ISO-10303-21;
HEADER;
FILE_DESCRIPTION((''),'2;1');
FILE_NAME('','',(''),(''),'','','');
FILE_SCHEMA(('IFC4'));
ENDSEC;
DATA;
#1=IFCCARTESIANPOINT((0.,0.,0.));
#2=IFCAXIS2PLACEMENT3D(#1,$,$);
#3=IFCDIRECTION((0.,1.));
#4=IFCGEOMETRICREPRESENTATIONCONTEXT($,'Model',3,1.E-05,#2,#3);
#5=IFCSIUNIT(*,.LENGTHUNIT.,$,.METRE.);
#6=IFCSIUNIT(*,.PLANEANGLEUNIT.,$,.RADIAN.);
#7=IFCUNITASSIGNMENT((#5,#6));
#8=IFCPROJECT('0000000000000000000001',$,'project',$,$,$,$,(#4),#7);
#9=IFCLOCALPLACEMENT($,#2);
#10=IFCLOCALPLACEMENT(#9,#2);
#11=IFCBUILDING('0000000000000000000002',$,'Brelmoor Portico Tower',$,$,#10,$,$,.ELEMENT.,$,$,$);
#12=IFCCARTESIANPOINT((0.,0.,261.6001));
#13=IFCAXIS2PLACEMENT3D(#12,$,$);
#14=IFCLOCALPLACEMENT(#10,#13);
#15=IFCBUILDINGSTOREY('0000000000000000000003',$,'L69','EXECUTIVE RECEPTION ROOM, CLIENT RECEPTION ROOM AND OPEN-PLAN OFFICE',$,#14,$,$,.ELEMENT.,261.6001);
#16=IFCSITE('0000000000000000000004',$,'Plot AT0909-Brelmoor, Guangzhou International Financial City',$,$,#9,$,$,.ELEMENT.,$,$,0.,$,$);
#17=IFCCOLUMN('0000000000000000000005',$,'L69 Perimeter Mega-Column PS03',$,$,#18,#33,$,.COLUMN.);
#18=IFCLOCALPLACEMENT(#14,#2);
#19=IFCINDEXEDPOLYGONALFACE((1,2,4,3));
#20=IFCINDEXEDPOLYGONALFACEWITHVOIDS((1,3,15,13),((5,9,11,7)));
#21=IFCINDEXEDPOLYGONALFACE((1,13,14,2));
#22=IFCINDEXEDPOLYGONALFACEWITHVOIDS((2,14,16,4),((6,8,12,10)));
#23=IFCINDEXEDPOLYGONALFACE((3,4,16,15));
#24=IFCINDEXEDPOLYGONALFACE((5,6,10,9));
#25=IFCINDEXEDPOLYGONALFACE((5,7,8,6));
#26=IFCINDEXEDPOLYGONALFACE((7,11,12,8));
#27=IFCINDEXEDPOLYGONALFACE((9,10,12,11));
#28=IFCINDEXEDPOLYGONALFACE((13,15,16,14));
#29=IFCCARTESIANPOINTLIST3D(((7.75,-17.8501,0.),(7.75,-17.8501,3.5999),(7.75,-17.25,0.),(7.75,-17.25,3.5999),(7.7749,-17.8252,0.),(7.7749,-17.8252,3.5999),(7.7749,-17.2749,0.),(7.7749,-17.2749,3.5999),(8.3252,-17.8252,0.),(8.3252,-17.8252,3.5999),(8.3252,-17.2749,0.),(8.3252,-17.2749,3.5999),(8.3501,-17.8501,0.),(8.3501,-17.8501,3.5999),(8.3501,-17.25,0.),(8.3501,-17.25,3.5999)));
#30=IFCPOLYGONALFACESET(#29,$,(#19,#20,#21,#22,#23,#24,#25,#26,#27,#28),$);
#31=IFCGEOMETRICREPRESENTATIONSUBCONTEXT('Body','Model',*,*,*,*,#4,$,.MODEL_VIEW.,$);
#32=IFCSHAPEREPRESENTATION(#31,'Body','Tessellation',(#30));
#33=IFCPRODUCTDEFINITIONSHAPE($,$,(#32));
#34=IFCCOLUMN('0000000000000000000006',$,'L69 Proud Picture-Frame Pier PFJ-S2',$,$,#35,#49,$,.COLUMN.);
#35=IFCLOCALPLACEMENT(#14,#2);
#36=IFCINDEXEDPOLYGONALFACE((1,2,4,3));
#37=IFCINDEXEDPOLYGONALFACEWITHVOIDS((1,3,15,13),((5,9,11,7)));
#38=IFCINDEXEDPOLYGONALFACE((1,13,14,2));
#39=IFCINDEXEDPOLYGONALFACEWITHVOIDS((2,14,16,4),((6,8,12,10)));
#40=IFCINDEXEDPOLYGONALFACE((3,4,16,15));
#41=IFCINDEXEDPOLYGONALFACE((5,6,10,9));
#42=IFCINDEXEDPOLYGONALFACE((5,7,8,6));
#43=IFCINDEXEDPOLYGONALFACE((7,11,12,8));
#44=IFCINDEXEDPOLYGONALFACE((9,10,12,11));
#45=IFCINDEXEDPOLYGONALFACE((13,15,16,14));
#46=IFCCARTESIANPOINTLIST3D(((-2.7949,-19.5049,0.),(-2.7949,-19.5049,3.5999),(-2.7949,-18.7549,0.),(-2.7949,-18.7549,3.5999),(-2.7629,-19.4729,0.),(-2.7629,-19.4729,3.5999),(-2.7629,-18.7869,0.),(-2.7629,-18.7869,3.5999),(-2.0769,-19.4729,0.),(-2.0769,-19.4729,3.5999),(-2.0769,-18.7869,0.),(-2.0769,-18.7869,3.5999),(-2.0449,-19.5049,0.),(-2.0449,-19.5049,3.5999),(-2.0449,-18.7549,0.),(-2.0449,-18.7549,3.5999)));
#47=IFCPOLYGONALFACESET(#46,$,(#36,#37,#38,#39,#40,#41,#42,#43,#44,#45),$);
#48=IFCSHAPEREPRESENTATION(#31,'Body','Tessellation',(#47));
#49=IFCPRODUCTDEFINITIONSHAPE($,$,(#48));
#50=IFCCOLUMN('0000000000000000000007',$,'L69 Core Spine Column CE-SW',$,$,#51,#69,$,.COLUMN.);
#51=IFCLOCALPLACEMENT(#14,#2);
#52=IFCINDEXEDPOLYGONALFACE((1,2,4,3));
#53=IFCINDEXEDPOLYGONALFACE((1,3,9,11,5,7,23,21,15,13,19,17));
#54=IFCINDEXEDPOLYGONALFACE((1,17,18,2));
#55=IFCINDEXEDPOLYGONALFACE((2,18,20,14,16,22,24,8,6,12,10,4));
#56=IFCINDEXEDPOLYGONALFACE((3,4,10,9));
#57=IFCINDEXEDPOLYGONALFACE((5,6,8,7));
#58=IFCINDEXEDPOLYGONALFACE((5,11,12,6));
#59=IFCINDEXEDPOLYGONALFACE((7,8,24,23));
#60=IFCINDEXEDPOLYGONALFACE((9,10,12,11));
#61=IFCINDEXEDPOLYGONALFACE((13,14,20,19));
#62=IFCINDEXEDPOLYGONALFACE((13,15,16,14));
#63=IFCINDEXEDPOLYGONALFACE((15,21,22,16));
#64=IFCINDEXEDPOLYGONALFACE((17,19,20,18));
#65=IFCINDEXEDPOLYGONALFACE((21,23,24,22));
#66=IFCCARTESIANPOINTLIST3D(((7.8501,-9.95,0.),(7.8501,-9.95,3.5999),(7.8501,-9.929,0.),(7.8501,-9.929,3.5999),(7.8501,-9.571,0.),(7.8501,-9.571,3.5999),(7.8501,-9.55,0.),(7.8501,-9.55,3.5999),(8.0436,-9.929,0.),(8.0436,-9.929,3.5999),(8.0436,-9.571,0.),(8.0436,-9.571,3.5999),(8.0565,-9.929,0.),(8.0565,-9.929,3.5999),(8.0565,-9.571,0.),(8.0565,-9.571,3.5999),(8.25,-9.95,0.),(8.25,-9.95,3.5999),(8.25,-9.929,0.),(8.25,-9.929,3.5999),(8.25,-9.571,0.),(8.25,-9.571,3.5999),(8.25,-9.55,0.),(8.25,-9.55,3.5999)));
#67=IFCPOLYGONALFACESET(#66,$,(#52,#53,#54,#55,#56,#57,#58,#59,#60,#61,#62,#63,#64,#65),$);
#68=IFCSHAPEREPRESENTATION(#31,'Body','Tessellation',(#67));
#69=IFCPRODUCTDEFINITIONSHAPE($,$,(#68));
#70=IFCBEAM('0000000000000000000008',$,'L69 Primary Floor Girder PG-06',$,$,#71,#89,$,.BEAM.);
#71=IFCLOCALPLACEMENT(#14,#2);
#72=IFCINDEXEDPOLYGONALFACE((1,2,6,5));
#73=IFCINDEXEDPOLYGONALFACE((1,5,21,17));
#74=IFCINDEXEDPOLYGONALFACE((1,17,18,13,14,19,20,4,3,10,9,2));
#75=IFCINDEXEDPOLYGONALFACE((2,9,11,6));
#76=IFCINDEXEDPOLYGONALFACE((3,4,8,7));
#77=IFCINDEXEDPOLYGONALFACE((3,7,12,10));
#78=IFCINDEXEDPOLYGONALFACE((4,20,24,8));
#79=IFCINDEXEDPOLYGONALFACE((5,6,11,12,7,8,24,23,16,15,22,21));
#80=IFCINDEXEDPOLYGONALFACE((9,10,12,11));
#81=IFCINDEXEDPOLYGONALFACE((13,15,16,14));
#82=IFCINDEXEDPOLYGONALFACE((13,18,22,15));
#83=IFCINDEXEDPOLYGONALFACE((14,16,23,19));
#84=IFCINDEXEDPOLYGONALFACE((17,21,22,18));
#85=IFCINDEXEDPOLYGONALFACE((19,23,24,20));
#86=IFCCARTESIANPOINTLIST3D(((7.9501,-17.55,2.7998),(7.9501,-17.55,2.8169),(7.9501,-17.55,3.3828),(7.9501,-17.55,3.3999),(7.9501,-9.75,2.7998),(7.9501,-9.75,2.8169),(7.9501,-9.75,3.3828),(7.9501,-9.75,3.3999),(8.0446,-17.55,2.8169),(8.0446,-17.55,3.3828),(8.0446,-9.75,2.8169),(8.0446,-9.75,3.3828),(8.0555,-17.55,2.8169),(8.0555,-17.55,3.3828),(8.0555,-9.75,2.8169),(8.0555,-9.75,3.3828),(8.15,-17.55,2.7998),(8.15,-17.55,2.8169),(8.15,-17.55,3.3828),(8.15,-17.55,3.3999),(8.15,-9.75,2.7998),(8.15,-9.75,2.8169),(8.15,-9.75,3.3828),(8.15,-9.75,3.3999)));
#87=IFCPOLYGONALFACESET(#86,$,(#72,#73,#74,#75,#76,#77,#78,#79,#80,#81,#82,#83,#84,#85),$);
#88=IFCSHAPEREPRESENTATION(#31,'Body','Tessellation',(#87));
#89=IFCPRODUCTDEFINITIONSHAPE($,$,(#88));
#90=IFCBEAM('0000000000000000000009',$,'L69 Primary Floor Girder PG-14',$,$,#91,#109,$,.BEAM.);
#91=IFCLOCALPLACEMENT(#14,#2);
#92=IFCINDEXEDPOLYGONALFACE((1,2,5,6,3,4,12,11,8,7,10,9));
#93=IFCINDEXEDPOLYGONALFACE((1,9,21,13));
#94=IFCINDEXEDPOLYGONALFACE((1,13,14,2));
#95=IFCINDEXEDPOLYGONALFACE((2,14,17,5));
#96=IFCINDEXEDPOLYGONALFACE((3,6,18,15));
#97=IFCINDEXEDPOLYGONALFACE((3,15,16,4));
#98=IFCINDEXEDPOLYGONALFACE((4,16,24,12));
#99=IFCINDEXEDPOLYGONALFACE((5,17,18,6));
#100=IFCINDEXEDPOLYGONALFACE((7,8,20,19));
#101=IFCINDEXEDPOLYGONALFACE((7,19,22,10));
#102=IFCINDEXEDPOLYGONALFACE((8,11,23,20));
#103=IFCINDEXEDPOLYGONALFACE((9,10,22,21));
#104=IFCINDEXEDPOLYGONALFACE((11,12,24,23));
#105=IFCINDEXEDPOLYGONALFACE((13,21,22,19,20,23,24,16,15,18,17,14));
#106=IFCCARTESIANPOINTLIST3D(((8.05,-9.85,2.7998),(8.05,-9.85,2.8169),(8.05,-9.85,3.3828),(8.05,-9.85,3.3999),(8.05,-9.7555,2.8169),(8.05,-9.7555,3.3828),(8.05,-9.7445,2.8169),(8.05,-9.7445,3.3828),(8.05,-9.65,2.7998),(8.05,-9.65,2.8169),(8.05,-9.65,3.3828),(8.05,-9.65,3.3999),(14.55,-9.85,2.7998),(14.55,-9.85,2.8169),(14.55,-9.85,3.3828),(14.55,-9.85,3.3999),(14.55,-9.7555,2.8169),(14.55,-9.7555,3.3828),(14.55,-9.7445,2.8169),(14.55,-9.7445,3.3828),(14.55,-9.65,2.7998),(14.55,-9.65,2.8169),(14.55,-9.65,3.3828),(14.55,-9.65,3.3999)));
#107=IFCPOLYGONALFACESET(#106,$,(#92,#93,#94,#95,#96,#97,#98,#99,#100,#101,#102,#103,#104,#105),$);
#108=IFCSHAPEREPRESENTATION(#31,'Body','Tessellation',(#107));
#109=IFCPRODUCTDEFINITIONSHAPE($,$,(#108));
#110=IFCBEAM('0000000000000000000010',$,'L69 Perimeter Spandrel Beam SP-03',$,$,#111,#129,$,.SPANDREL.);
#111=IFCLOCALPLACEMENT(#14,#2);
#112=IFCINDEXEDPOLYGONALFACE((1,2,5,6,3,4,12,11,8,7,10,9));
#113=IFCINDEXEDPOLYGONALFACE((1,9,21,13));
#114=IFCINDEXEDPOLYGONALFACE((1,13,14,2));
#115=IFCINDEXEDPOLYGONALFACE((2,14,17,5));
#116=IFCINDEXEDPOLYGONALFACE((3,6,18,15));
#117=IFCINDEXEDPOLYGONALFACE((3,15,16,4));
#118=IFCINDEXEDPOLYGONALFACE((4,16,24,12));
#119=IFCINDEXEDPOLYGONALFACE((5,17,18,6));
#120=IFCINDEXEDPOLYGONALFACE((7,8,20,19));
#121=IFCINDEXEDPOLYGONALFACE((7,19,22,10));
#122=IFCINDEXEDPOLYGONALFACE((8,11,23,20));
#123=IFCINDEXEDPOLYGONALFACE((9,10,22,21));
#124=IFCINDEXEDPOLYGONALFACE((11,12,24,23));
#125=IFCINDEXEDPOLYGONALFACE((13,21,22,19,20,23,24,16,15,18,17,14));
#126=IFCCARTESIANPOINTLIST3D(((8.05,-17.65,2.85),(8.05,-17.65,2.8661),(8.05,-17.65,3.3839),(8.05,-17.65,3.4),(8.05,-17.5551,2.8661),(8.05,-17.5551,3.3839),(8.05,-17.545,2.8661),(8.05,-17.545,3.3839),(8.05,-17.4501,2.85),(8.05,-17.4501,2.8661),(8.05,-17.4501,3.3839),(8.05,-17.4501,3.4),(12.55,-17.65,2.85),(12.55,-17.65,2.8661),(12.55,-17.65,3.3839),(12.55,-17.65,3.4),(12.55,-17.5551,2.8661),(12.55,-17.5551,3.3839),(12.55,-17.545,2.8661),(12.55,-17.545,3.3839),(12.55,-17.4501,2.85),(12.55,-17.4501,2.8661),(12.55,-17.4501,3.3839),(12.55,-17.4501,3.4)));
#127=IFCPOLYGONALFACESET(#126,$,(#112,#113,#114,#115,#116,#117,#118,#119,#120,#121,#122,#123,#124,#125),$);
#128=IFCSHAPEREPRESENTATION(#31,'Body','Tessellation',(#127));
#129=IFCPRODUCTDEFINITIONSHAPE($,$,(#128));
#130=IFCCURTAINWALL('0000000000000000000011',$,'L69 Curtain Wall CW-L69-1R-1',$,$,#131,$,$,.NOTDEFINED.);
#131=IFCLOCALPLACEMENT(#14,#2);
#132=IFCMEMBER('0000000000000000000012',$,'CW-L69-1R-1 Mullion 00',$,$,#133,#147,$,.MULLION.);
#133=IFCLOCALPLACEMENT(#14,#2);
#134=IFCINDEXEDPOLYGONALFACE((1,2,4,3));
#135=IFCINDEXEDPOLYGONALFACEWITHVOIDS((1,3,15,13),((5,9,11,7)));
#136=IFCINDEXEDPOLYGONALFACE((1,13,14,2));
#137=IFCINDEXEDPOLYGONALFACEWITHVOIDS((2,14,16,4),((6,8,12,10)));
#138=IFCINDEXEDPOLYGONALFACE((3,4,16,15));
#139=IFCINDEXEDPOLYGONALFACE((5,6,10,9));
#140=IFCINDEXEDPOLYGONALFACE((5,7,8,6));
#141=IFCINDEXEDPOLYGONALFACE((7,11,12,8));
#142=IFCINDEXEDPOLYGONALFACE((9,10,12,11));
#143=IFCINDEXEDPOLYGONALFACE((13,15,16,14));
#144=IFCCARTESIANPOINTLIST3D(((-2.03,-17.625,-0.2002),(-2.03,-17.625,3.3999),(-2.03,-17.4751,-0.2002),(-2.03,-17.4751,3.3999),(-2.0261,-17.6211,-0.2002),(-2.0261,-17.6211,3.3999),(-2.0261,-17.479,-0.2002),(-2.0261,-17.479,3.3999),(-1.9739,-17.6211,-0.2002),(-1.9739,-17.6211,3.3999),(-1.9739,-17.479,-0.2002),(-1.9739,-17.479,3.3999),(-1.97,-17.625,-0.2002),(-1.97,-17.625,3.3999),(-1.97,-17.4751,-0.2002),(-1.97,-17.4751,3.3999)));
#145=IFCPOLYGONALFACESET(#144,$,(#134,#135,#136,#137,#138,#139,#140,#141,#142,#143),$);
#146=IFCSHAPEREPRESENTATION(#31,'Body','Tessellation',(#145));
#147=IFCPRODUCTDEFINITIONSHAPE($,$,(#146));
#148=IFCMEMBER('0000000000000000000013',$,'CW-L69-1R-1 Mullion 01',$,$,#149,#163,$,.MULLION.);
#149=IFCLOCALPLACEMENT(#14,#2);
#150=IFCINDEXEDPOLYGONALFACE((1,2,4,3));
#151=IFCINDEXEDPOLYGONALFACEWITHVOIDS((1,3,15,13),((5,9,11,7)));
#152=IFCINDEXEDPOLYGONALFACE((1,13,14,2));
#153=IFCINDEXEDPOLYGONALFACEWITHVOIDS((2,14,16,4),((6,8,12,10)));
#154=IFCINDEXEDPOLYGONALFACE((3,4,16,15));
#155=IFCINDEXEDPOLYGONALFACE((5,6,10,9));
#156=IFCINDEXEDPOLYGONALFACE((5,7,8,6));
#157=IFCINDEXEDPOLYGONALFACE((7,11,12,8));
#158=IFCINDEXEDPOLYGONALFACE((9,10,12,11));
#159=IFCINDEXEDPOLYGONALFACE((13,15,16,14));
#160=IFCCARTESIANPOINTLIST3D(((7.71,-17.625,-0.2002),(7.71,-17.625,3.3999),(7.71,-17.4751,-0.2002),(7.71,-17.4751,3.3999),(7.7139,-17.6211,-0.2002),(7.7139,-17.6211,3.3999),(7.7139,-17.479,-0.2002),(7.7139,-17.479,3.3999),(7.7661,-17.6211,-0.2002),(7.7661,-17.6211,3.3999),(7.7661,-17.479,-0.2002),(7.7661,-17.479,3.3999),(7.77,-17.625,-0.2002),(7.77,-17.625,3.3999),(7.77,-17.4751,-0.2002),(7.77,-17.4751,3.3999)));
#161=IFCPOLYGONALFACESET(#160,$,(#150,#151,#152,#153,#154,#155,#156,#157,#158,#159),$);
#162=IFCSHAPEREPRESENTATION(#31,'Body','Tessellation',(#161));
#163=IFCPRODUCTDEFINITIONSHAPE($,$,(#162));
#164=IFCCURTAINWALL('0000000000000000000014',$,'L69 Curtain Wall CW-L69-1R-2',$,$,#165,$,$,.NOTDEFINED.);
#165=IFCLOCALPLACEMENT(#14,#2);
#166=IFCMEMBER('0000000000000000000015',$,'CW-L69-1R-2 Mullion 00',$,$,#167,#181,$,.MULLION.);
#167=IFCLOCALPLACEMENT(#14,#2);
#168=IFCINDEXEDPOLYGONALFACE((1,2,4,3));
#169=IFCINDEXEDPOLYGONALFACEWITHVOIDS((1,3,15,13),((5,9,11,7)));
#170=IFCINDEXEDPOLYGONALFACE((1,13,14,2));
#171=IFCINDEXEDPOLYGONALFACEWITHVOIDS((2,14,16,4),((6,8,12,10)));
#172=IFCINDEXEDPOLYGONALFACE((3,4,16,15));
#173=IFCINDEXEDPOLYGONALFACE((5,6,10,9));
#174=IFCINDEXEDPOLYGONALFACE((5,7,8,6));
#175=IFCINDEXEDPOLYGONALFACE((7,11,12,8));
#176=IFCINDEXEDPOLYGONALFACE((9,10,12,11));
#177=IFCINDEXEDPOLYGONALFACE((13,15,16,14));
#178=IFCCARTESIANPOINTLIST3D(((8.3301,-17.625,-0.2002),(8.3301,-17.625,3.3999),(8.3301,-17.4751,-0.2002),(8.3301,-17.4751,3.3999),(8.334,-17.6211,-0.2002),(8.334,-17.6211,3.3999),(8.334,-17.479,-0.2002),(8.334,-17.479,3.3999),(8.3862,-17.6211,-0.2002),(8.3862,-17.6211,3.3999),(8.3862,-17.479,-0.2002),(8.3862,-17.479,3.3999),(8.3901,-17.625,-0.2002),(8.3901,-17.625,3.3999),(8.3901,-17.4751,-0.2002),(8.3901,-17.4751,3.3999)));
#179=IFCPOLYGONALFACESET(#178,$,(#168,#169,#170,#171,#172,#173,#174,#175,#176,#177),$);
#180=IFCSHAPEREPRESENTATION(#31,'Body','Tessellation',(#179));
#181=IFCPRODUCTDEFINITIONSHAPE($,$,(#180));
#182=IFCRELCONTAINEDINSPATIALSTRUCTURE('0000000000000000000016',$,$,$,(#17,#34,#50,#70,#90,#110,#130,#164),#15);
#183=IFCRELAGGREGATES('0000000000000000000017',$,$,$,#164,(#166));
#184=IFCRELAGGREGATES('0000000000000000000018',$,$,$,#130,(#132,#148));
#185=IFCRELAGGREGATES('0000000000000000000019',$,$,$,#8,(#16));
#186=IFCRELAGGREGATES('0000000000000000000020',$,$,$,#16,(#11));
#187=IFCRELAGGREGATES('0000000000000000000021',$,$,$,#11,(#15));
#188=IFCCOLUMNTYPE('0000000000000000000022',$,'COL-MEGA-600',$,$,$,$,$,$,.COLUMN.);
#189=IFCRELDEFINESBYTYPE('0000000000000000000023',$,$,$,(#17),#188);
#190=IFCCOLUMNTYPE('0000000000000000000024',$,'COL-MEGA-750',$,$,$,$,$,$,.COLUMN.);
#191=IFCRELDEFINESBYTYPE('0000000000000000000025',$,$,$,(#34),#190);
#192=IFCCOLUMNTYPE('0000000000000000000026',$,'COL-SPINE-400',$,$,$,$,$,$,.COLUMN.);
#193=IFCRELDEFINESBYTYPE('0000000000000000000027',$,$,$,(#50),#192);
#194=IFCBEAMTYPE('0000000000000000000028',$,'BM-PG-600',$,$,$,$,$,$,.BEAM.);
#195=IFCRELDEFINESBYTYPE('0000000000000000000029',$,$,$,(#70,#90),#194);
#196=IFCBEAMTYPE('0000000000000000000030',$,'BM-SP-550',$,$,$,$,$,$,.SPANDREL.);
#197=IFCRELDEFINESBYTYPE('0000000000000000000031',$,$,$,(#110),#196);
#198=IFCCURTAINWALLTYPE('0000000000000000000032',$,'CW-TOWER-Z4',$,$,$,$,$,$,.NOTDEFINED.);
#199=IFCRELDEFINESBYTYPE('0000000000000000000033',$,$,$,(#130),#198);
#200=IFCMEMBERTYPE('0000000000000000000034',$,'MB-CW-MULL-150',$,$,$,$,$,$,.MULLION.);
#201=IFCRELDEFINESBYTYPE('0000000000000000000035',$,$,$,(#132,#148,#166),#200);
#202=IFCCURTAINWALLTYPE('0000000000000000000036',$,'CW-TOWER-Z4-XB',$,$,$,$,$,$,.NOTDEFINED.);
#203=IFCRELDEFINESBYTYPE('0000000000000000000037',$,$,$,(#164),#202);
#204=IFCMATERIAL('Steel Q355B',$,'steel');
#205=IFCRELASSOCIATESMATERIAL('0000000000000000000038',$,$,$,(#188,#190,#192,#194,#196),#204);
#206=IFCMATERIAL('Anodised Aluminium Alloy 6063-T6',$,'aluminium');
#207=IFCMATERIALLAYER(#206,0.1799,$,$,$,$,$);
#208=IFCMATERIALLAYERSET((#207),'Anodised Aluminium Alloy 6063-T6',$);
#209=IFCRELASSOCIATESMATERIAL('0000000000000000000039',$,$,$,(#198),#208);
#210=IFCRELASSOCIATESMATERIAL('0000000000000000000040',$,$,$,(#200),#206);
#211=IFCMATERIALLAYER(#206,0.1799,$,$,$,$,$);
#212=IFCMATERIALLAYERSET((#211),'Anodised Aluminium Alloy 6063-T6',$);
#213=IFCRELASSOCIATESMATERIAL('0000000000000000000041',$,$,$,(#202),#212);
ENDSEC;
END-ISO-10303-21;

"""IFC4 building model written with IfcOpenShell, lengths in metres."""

from ifc_helpers import new_model, si_unit, direction, frame, origin, origin_2d, place, context, subcontext, project, spatial, hollow_rectangle, i_section, extrude, material, layer, layer_set, material_profile, profile_set, type_object, element, aggregate, save


model = new_model("IFC4")

# Units and contexts
model_context = context("Model", 3, precision=1e-05, world=origin(), true_north=direction((0.0, 1.0)))
body_context = subcontext(model_context, "Body", "Model", "MODEL_VIEW")
ifc_project = project(units=[si_unit("LENGTHUNIT", "METRE"), si_unit("PLANEANGLEUNIT", "RADIAN")], contexts=[model_context])

# Site, building, storey
site_placement = place(None, origin())
site = spatial("IfcSite", under=ifc_project, at=site_placement, Name="Plot AT0909-Brelmoor, Guangzhou International Financial City", CompositionType="ELEMENT", RefElevation=0.0)
building_placement = place(site_placement, origin())
building = spatial("IfcBuilding", under=site, at=building_placement, Name="Brelmoor Portico Tower", CompositionType="ELEMENT")
storey_placement = place(building_placement, frame((0.0, 0.0, 261.6001)))
storey = spatial("IfcBuildingStorey", under=building, at=storey_placement, Name="L69", Description="EXECUTIVE RECEPTION ROOM, CLIENT RECEPTION ROOM AND OPEN-PLAN OFFICE", CompositionType="ELEMENT", Elevation=261.6001)

# Columns
ifc_material_1 = material(Name="Steel Q355B", Category="steel")
ifc_material_profile_1 = material_profile(ifc_material_1, hollow_rectangle(XDim=0.6001, YDim=0.6001, WallThickness=0.0249, at=origin_2d()), Name="BOX 600x600x25")
ifc_profile_set_1 = profile_set([ifc_material_profile_1], Name="Steel Q355B")
column_type_1 = type_object("IfcColumnType", Name="COL-MEGA-600", PredefinedType="COLUMN", material=ifc_profile_set_1)
column_1_placement = place(storey_placement, frame((8.05, -17.55, 0.0), z_axis=(0.0, 0.0, 1.0), x_axis=(1.0, 0.0, 0.0)))
element("IfcColumn", 1, at=column_1_placement, inside=storey, type_object=column_type_1, Name="L69 Perimeter Mega-Column PS03", PredefinedType="COLUMN", context=body_context, shape_type="SweptSolid", body=[
    extrude(hollow_rectangle(XDim=0.6001, YDim=0.6001, WallThickness=0.0249, at=origin_2d()), origin(), (0.0, 0.0, 1.0), 3.5999),
])
ifc_material_profile_2 = material_profile(ifc_material_1, hollow_rectangle(XDim=0.75, YDim=0.75, WallThickness=0.032, at=origin_2d()), Name="BOX 750x750x32")
ifc_profile_set_2 = profile_set([ifc_material_profile_2], Name="Steel Q355B")
column_type_2 = type_object("IfcColumnType", Name="COL-MEGA-750", PredefinedType="COLUMN", material=ifc_profile_set_2)
column_2_placement = place(storey_placement, frame((-2.4199, -19.1299, 0.0), z_axis=(0.0, 0.0, 1.0), x_axis=(1.0, 0.0, 0.0)))
element("IfcColumn", 2, at=column_2_placement, inside=storey, type_object=column_type_2, Name="L69 Proud Picture-Frame Pier PFJ-S2", PredefinedType="COLUMN", context=body_context, shape_type="SweptSolid", body=[
    extrude(hollow_rectangle(XDim=0.75, YDim=0.75, WallThickness=0.032, at=origin_2d()), origin(), (0.0, 0.0, 1.0), 3.5999),
])
ifc_material_profile_3 = material_profile(ifc_material_1, i_section(OverallWidth=0.3999, OverallDepth=0.3999, WebThickness=0.0129, FlangeThickness=0.021, at=origin_2d()), Name="HW 400x400x13x21")
ifc_profile_set_3 = profile_set([ifc_material_profile_3], Name="Steel Q355B")
column_type_3 = type_object("IfcColumnType", Name="COL-SPINE-400", PredefinedType="COLUMN", material=ifc_profile_set_3)
column_3_placement = place(storey_placement, frame((8.05, -9.75, 0.0), z_axis=(0.0, 0.0, 1.0), x_axis=(1.0, 0.0, 0.0)))
element("IfcColumn", 3, at=column_3_placement, inside=storey, type_object=column_type_3, Name="L69 Core Spine Column CE-SW", PredefinedType="COLUMN", context=body_context, shape_type="SweptSolid", body=[
    extrude(i_section(OverallWidth=0.3999, OverallDepth=0.3999, WebThickness=0.0129, FlangeThickness=0.021, at=origin_2d()), origin(), (0.0, 0.0, 1.0), 3.5999),
])

# Beams
ifc_material_profile_4 = material_profile(ifc_material_1, i_section(OverallWidth=0.2, OverallDepth=0.6001, WebThickness=0.011, FlangeThickness=0.0171, at=origin_2d()), Name="HN 600x200x11x17")
ifc_profile_set_4 = profile_set([ifc_material_profile_4], Name="Steel Q355B")
beam_type_1 = type_object("IfcBeamType", Name="BM-PG-600", PredefinedType="BEAM", material=ifc_profile_set_4)
beam_1_placement = place(storey_placement, frame((8.05, -17.55, 3.0999), z_axis=(0.0, 1.0, 0.0), x_axis=(-1.0, 0.0, 0.0)))
element("IfcBeam", 4, at=beam_1_placement, inside=storey, type_object=beam_type_1, Name="L69 Primary Floor Girder PG-06", PredefinedType="BEAM", context=body_context, shape_type="SweptSolid", body=[
    extrude(i_section(OverallWidth=0.2, OverallDepth=0.6001, WebThickness=0.011, FlangeThickness=0.0171, at=origin_2d()), origin(), (0.0, 0.0, 1.0), 7.8),
])
beam_2_placement = place(storey_placement, frame((8.05, -9.75, 3.0999), z_axis=(1.0, 0.0, 0.0), x_axis=(0.0, 1.0, 0.0)))
element("IfcBeam", 5, at=beam_2_placement, inside=storey, type_object=beam_type_1, Name="L69 Primary Floor Girder PG-14", PredefinedType="BEAM", context=body_context, shape_type="SweptSolid", body=[
    extrude(i_section(OverallWidth=0.2, OverallDepth=0.6001, WebThickness=0.011, FlangeThickness=0.0171, at=origin_2d()), origin(), (0.0, 0.0, 1.0), 6.5),
])
ifc_material_profile_5 = material_profile(ifc_material_1, i_section(OverallWidth=0.2, OverallDepth=0.55, WebThickness=0.01, FlangeThickness=0.0161, at=origin_2d()), Name="HN 550x200x10x16")
ifc_profile_set_5 = profile_set([ifc_material_profile_5], Name="Steel Q355B")
beam_type_2 = type_object("IfcBeamType", Name="BM-SP-550", PredefinedType="SPANDREL", material=ifc_profile_set_5)
beam_3_placement = place(storey_placement, frame((8.05, -17.55, 3.125), z_axis=(1.0, 0.0, 0.0), x_axis=(0.0, 1.0, 0.0)))
element("IfcBeam", 6, at=beam_3_placement, inside=storey, type_object=beam_type_2, Name="L69 Perimeter Spandrel Beam SP-03", PredefinedType="SPANDREL", context=body_context, shape_type="SweptSolid", body=[
    extrude(i_section(OverallWidth=0.2, OverallDepth=0.55, WebThickness=0.01, FlangeThickness=0.0161, at=origin_2d()), origin(), (0.0, 0.0, 1.0), 4.5),
])

# Curtain wall, members
ifc_material_2 = material(Name="Anodised Aluminium Alloy 6063-T6", Category="aluminium")
ifc_layer_1 = layer(ifc_material_2, 0.1799)
ifc_layer_set_1 = layer_set([ifc_layer_1], Name="Anodised Aluminium Alloy 6063-T6")
curtain_wall_type_1 = type_object("IfcCurtainWallType", Name="CW-TOWER-Z4", PredefinedType="NOTDEFINED", material=ifc_layer_set_1)
curtain_wall_1_placement = place(storey_placement, origin())
curtain_wall_1 = element("IfcCurtainWall", 7, at=curtain_wall_1_placement, inside=storey, type_object=curtain_wall_type_1, Name="L69 Curtain Wall CW-L69-1R-1", PredefinedType="NOTDEFINED")
ifc_material_profile_6 = material_profile(ifc_material_2, hollow_rectangle(XDim=0.0601, YDim=0.1499, WallThickness=0.0039, at=origin_2d()), Name="ALU MULLION 60x150")
ifc_profile_set_6 = profile_set([ifc_material_profile_6], Name="Anodised Aluminium Alloy 6063-T6")
member_type_1 = type_object("IfcMemberType", Name="MB-CW-MULL-150", PredefinedType="MULLION", material=ifc_profile_set_6)
member_1_placement = place(storey_placement, frame((-2.0, -17.55, -0.2002), z_axis=(0.0, 0.0, 1.0), x_axis=(1.0, 0.0, 0.0)))
member_1 = element("IfcMember", 8, at=member_1_placement, type_object=member_type_1, Name="CW-L69-1R-1 Mullion 00", PredefinedType="MULLION", context=body_context, shape_type="SweptSolid", body=[
    extrude(hollow_rectangle(XDim=0.0601, YDim=0.1499, WallThickness=0.0039, at=origin_2d()), origin(), (0.0, 0.0, 1.0), 3.6001),
])
member_2_placement = place(storey_placement, frame((7.74, -17.55, -0.2002), z_axis=(0.0, 0.0, 1.0), x_axis=(1.0, 0.0, 0.0)))
member_2 = element("IfcMember", 9, at=member_2_placement, type_object=member_type_1, Name="CW-L69-1R-1 Mullion 01", PredefinedType="MULLION", context=body_context, shape_type="SweptSolid", body=[
    extrude(hollow_rectangle(XDim=0.0601, YDim=0.1499, WallThickness=0.0039, at=origin_2d()), origin(), (0.0, 0.0, 1.0), 3.6001),
])

# Curtain wall, member
ifc_layer_2 = layer(ifc_material_2, 0.1799)
ifc_layer_set_2 = layer_set([ifc_layer_2], Name="Anodised Aluminium Alloy 6063-T6")
curtain_wall_type_2 = type_object("IfcCurtainWallType", Name="CW-TOWER-Z4-XB", PredefinedType="NOTDEFINED", material=ifc_layer_set_2)
curtain_wall_2_placement = place(storey_placement, origin())
curtain_wall_2 = element("IfcCurtainWall", 10, at=curtain_wall_2_placement, inside=storey, type_object=curtain_wall_type_2, Name="L69 Curtain Wall CW-L69-1R-2", PredefinedType="NOTDEFINED")
member_3_placement = place(storey_placement, frame((8.3601, -17.55, -0.2002), z_axis=(0.0, 0.0, 1.0), x_axis=(1.0, 0.0, 0.0)))
member_3 = element("IfcMember", 11, at=member_3_placement, type_object=member_type_1, Name="CW-L69-1R-2 Mullion 00", PredefinedType="MULLION", context=body_context, shape_type="SweptSolid", body=[
    extrude(hollow_rectangle(XDim=0.0601, YDim=0.1499, WallThickness=0.0039, at=origin_2d()), origin(), (0.0, 0.0, 1.0), 3.6001),
])

aggregate(curtain_wall_2, [member_3])

aggregate(curtain_wall_1, [member_1, member_2])

save(model, "model.ifc")
